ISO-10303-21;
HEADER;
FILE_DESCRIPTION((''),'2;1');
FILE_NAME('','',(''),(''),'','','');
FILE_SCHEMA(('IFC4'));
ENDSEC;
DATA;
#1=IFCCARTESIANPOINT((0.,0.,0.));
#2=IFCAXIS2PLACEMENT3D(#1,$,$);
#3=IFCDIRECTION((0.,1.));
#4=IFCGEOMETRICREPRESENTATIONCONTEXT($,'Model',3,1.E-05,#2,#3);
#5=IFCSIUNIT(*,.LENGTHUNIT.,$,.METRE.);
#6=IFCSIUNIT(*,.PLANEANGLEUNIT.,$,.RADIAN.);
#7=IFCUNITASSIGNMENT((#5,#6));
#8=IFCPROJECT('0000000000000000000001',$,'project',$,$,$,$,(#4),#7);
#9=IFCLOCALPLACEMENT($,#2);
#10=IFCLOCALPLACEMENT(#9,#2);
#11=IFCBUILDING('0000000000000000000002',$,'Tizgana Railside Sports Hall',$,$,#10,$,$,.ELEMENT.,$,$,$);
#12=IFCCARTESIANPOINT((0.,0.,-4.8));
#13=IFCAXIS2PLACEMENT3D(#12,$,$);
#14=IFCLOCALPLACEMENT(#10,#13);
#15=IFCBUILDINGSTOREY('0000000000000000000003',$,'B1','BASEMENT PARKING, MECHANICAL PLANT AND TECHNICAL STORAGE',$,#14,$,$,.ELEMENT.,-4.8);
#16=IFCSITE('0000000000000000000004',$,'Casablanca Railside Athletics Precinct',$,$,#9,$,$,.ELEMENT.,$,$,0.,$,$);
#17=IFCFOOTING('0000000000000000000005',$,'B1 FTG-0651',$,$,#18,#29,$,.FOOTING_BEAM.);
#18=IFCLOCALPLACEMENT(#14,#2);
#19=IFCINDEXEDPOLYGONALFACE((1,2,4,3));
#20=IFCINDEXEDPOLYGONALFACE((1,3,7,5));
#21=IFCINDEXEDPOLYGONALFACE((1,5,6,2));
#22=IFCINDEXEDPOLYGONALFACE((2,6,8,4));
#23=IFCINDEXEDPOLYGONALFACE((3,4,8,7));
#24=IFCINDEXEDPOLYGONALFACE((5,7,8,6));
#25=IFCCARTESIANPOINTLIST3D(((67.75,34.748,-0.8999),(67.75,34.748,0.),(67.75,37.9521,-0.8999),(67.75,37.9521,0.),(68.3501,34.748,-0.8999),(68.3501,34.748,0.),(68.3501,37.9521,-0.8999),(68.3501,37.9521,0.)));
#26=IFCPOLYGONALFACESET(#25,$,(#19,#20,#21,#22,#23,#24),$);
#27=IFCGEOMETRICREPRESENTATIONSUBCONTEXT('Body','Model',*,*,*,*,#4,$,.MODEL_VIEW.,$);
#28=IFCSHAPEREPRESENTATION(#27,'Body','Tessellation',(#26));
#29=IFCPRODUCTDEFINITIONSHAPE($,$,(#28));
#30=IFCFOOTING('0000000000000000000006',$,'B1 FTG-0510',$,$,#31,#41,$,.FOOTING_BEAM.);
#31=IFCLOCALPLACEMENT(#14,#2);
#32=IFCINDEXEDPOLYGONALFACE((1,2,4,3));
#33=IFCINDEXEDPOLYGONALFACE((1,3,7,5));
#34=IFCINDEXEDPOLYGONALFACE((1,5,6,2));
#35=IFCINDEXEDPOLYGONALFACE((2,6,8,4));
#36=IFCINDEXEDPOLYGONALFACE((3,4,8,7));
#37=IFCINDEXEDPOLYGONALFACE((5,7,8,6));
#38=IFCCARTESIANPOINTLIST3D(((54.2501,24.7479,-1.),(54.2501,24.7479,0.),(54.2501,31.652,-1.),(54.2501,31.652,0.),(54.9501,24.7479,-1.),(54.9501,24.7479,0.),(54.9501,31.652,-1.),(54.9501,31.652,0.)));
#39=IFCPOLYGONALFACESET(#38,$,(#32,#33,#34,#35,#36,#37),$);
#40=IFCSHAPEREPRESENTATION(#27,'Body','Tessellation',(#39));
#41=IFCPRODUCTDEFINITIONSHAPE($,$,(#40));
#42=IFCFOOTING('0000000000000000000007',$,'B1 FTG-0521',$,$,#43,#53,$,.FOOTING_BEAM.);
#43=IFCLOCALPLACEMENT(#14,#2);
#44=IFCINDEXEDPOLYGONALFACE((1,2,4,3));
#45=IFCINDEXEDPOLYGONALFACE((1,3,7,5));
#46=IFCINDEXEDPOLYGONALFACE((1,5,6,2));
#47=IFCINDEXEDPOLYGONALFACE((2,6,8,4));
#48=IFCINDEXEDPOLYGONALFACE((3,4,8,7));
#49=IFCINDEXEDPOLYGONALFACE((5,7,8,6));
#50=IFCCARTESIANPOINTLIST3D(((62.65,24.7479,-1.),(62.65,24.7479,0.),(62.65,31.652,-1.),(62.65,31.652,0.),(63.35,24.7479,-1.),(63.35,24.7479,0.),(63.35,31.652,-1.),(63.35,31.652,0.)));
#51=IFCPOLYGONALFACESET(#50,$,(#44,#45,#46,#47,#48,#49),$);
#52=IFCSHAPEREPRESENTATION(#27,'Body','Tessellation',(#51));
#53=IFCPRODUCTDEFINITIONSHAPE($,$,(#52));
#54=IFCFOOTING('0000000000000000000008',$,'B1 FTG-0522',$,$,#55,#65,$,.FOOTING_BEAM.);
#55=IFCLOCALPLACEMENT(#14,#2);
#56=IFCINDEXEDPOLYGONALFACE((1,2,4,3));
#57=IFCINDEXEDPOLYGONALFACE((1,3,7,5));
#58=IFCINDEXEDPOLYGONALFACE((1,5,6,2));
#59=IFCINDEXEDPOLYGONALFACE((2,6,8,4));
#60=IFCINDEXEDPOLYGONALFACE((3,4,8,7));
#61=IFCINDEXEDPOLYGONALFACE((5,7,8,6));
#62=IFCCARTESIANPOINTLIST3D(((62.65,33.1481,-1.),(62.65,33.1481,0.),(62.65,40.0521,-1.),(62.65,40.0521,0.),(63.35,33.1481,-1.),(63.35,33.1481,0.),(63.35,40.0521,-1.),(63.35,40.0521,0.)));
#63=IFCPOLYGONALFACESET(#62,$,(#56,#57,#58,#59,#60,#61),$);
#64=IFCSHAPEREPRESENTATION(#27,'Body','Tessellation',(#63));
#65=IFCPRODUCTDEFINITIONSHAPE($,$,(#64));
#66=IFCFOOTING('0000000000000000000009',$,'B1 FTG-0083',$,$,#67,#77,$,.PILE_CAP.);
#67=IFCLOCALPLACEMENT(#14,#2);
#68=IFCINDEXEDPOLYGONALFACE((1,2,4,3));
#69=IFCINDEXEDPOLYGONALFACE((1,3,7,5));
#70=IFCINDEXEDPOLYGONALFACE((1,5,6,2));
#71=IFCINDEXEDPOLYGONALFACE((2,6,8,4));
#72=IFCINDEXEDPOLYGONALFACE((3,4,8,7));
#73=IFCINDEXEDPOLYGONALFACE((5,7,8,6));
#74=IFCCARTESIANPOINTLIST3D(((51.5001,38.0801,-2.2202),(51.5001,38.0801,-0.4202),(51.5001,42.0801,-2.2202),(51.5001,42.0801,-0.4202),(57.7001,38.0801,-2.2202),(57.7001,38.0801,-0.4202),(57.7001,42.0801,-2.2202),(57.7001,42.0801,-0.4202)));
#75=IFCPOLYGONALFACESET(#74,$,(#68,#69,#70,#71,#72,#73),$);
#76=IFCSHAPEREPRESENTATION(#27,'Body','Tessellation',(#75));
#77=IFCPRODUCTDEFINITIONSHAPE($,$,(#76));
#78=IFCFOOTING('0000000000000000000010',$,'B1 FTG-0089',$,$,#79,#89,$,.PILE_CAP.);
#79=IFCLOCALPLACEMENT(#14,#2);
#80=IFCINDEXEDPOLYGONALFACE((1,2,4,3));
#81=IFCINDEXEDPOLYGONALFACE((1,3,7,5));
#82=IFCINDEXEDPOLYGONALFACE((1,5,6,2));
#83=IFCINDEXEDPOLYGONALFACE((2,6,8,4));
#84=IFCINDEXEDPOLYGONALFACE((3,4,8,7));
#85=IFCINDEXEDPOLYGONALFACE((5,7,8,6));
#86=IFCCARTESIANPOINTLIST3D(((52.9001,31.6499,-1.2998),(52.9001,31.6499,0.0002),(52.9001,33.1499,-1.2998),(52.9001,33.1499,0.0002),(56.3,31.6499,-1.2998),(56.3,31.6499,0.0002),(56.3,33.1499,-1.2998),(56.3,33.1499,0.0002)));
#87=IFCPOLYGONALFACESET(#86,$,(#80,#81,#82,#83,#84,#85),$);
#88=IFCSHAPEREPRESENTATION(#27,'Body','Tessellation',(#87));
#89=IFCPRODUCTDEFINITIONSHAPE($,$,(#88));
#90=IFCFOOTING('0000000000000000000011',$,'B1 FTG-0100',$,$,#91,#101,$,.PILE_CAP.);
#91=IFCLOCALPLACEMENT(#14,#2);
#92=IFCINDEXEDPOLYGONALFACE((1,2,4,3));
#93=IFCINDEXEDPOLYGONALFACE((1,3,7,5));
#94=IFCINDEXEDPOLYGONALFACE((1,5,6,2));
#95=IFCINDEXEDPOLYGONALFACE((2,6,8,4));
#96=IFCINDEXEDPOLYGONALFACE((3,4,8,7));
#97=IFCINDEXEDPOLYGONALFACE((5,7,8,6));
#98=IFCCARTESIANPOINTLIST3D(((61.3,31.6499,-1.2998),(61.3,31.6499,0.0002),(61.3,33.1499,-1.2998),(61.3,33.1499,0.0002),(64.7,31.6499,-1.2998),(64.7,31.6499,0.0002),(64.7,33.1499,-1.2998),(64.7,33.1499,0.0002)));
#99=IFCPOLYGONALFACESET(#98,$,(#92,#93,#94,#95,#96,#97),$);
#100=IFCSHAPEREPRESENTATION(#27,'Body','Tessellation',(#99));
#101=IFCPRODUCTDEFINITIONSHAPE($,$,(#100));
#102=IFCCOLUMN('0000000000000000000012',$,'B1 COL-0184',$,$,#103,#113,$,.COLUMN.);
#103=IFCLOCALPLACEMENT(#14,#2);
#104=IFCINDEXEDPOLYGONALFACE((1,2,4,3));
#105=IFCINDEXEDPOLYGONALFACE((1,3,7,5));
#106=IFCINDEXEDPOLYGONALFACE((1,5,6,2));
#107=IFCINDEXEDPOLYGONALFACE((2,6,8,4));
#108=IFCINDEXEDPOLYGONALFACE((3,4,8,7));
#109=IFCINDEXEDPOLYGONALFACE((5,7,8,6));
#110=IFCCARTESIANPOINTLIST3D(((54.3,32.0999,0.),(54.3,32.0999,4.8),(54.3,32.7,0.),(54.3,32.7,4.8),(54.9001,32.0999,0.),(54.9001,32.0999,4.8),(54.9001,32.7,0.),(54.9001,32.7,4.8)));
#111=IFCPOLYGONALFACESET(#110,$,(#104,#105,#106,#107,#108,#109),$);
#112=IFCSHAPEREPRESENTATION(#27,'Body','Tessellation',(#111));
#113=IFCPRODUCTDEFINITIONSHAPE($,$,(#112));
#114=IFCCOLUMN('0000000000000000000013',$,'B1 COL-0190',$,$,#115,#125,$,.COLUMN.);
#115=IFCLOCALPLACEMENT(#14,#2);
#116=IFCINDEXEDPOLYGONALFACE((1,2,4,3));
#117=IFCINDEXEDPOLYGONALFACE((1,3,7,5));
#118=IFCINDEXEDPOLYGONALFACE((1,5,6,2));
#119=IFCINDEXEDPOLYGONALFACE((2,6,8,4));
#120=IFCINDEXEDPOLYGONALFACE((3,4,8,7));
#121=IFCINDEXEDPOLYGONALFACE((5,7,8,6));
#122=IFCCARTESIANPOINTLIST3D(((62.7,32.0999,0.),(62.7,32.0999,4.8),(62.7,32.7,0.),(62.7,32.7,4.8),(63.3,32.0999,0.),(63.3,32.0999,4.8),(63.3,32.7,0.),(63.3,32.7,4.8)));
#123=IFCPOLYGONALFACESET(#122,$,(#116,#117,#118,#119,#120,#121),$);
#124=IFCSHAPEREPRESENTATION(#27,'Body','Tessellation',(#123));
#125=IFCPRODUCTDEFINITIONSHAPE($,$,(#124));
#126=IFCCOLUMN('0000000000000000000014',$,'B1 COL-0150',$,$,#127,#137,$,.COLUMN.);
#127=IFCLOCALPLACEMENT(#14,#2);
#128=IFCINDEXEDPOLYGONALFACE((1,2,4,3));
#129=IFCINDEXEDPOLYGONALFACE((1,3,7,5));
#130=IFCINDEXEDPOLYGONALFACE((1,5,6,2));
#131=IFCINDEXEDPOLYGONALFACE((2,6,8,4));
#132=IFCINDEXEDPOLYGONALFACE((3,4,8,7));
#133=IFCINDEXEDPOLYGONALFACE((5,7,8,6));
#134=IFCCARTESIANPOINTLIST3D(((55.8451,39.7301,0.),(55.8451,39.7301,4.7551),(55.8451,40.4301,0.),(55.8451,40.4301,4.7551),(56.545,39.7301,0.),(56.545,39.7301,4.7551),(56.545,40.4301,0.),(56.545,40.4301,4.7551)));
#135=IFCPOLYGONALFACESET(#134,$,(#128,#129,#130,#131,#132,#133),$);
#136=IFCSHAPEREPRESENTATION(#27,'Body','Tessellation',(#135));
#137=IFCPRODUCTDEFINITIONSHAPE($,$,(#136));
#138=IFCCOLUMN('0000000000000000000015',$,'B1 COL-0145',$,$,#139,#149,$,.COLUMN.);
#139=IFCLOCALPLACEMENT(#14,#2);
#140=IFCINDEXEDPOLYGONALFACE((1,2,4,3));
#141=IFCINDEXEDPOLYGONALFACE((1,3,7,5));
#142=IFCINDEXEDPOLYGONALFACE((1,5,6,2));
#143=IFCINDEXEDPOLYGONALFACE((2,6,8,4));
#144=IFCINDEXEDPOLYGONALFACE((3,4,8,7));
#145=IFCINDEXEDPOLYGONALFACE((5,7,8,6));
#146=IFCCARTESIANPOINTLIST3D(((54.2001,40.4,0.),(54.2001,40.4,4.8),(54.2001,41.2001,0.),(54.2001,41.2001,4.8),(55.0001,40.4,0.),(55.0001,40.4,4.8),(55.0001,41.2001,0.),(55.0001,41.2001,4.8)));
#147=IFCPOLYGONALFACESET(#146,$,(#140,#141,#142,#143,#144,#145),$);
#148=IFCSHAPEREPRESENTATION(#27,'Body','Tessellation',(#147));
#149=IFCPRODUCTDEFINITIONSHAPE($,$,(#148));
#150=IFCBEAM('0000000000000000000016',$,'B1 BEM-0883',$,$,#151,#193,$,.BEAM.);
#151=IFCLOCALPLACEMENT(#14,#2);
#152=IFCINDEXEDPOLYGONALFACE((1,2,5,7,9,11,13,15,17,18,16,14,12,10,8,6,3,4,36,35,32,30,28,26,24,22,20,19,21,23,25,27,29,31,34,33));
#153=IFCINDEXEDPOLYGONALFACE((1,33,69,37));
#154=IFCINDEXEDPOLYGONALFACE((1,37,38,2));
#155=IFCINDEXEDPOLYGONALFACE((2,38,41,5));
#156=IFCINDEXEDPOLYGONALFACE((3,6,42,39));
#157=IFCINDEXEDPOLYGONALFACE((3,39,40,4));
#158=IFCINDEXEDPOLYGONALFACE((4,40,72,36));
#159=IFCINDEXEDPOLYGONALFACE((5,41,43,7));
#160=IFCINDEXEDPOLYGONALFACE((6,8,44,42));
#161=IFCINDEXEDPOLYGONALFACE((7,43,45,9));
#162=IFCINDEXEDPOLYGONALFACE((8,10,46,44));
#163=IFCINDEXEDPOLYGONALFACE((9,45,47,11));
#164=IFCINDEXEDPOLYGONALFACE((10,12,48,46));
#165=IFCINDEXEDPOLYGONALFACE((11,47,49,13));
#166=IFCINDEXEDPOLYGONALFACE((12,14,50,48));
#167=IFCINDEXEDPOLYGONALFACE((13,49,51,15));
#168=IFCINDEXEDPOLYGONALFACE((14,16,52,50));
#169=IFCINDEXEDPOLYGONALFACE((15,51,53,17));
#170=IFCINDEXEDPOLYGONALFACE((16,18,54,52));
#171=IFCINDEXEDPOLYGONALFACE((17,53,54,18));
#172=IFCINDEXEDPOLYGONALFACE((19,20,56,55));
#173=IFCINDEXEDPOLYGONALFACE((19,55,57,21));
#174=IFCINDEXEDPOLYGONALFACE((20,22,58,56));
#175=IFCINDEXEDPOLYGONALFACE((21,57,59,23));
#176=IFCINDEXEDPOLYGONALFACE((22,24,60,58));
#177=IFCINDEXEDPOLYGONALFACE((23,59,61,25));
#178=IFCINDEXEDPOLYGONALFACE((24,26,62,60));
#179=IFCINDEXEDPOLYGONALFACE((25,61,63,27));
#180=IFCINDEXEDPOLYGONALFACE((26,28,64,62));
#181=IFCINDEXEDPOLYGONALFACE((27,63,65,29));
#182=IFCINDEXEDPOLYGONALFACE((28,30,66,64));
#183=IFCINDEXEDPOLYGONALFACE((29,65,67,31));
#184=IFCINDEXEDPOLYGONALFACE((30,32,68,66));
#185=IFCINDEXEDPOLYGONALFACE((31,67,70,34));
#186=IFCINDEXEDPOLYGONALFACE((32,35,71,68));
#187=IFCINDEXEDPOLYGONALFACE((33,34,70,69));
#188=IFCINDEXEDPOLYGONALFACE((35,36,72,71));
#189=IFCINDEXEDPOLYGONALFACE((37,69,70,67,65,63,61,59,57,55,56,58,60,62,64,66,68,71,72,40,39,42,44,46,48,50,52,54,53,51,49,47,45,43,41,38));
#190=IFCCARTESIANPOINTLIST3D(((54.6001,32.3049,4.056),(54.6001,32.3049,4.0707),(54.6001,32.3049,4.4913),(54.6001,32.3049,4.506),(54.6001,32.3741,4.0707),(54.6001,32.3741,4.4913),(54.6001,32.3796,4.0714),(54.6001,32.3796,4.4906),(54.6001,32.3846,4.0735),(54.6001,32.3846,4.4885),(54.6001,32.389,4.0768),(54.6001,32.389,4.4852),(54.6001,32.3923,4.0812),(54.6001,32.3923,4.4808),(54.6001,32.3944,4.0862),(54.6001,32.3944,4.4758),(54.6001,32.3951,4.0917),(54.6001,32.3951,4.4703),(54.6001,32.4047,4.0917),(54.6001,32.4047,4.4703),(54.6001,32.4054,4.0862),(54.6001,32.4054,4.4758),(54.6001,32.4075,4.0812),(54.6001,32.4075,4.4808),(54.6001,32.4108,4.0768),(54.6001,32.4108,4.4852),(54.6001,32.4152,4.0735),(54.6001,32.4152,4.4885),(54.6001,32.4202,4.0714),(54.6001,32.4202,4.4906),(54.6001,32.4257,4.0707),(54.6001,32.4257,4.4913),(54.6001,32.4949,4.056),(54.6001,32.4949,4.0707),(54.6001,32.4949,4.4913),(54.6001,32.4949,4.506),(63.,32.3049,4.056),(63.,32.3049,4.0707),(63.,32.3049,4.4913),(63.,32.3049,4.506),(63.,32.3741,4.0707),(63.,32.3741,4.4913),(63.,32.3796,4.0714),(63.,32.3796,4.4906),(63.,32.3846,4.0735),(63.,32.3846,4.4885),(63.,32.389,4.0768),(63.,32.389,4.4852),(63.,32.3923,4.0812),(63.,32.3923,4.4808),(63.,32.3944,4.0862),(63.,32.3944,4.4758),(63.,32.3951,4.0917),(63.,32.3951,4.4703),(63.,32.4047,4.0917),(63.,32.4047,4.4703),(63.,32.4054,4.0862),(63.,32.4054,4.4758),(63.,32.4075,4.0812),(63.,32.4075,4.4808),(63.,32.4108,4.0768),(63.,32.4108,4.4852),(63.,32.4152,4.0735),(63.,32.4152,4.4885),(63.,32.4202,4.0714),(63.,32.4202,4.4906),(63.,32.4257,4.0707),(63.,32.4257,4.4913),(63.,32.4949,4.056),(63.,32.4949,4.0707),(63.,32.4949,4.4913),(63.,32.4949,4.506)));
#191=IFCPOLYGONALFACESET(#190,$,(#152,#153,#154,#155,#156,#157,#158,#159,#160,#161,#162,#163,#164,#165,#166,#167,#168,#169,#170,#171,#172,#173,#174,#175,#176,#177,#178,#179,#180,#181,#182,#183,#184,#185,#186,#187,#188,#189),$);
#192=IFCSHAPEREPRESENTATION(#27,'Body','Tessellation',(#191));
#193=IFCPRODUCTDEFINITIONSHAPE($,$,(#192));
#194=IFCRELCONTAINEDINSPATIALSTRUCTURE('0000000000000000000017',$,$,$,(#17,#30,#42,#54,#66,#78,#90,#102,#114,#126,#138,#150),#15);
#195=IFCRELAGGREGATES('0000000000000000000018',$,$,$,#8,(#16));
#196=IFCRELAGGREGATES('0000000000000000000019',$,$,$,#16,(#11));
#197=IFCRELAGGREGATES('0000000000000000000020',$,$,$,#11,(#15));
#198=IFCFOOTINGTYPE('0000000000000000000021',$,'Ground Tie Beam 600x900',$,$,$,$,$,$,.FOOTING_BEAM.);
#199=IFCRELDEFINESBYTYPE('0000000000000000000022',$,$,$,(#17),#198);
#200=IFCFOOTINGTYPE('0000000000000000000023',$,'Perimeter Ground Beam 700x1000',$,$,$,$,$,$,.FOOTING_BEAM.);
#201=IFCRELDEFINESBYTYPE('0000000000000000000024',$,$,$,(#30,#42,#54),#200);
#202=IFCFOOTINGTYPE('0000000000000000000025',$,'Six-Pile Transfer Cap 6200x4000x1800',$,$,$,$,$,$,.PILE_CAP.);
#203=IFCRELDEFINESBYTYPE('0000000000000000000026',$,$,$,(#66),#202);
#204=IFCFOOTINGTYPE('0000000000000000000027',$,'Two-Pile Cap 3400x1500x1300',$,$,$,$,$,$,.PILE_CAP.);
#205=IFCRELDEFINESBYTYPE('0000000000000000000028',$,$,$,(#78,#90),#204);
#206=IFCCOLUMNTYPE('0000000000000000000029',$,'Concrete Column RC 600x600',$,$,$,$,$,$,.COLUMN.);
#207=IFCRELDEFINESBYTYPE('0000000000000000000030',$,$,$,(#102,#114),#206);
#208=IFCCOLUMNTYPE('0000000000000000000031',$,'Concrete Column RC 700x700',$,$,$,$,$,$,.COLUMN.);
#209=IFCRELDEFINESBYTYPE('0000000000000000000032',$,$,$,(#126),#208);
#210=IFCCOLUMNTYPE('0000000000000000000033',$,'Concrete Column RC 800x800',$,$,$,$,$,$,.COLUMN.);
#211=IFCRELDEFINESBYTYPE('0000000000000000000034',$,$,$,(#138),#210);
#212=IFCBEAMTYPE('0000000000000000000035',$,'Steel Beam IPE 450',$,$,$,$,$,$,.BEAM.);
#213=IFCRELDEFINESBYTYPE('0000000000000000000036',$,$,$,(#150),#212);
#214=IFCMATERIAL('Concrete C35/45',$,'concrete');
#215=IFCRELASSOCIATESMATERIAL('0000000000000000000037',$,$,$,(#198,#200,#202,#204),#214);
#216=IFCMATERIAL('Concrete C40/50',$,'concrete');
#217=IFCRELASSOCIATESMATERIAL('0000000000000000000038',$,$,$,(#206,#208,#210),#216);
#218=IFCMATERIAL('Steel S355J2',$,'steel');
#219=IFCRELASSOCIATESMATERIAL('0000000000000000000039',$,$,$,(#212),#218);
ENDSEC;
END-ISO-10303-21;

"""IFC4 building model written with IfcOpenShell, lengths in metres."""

from ifc_helpers import new_model, si_unit, direction, frame, origin, origin_2d, place, context, subcontext, project, spatial, rectangle, i_section, extrude, material, material_profile, profile_set, type_object, element, save


model = new_model("IFC4")

# Units and contexts
model_context = context("Model", 3, precision=1e-05, world=origin(), true_north=direction((0.0, 1.0)))
body_context = subcontext(model_context, "Body", "Model", "MODEL_VIEW")
ifc_project = project(units=[si_unit("LENGTHUNIT", "METRE"), si_unit("PLANEANGLEUNIT", "RADIAN")], contexts=[model_context])

# Site, building, storey
site_placement = place(None, origin())
site = spatial("IfcSite", under=ifc_project, at=site_placement, Name="Casablanca Railside Athletics Precinct", CompositionType="ELEMENT", RefElevation=0.0)
building_placement = place(site_placement, origin())
building = spatial("IfcBuilding", under=site, at=building_placement, Name="Tizgana Railside Sports Hall", CompositionType="ELEMENT")
storey_placement = place(building_placement, frame((0.0, 0.0, -4.8)))
storey = spatial("IfcBuildingStorey", under=building, at=storey_placement, Name="B1", Description="BASEMENT PARKING, MECHANICAL PLANT AND TECHNICAL STORAGE", CompositionType="ELEMENT", Elevation=-4.8)

# Shared definitions
ifc_material_1 = material(Name="Concrete C35/45", Category="concrete")

# Footings
footing_type_1 = type_object("IfcFootingType", Name="Ground Tie Beam 600x900", PredefinedType="FOOTING_BEAM", material=ifc_material_1)
footing_1_placement = place(storey_placement, frame((68.05, 36.3501, -0.8999), z_axis=(0.0, 0.0, 1.0), x_axis=(0.0, 1.0, 0.0)))
element("IfcFooting", 1, at=footing_1_placement, inside=storey, type_object=footing_type_1, Name="B1 FTG-0651", PredefinedType="FOOTING_BEAM", context=body_context, shape_type="SweptSolid", body=[
    extrude(rectangle(XDim=3.2041, YDim=0.6001, at=origin_2d()), origin(), (0.0, 0.0, 1.0), 0.8999),
])
footing_type_2 = type_object("IfcFootingType", Name="Perimeter Ground Beam 700x1000", PredefinedType="FOOTING_BEAM", material=ifc_material_1)
for number, where, z_axis, x_axis, name in (
    (2, (54.6001, 28.2, -1.0), (0.0, 0.0, 1.0), (0.0, 1.0, 0.0), "B1 FTG-0510"),
    (3, (63.0, 28.2, -1.0), (0.0, 0.0, 1.0), (0.0, 1.0, 0.0), "B1 FTG-0521"),
    (4, (63.0, 36.6001, -1.0), (0.0, 0.0, 1.0), (0.0, 1.0, 0.0), "B1 FTG-0522"),
):
    element("IfcFooting", number, at=place(storey_placement, frame(where, z_axis=z_axis, x_axis=x_axis)), inside=storey, type_object=footing_type_2, Name=name, PredefinedType="FOOTING_BEAM", context=body_context, shape_type="SweptSolid", body=[
        extrude(rectangle(XDim=6.9041, YDim=0.7, at=origin_2d()), origin(), (0.0, 0.0, 1.0), 1.0),
    ])
footing_type_3 = type_object("IfcFootingType", Name="Six-Pile Transfer Cap 6200x4000x1800", PredefinedType="PILE_CAP", material=ifc_material_1)
footing_2_placement = place(storey_placement, frame((54.6001, 40.0801, -2.2202), z_axis=(0.0, 0.0, 1.0), x_axis=(1.0, 0.0, 0.0)))
element("IfcFooting", 5, at=footing_2_placement, inside=storey, type_object=footing_type_3, Name="B1 FTG-0083", PredefinedType="PILE_CAP", context=body_context, shape_type="SweptSolid", body=[
    extrude(rectangle(XDim=6.2, YDim=4.0, at=origin_2d()), origin(), (0.0, 0.0, 1.0), 1.8),
])
footing_type_4 = type_object("IfcFootingType", Name="Two-Pile Cap 3400x1500x1300", PredefinedType="PILE_CAP", material=ifc_material_1)
for number, where, z_axis, x_axis, name in (
    (6, (54.6001, 32.3999, -1.2998), (0.0, 0.0, 1.0), (1.0, 0.0, 0.0), "B1 FTG-0089"),
    (7, (63.0, 32.3999, -1.2998), (0.0, 0.0, 1.0), (1.0, 0.0, 0.0), "B1 FTG-0100"),
):
    element("IfcFooting", number, at=place(storey_placement, frame(where, z_axis=z_axis, x_axis=x_axis)), inside=storey, type_object=footing_type_4, Name=name, PredefinedType="PILE_CAP", context=body_context, shape_type="SweptSolid", body=[
        extrude(rectangle(XDim=3.3999, YDim=1.5, at=origin_2d()), origin(), (0.0, 0.0, 1.0), 1.3),
    ])

# Columns
ifc_material_2 = material(Name="Concrete C40/50", Category="concrete")
ifc_material_profile_1 = material_profile(ifc_material_2, rectangle(XDim=0.6001, YDim=0.6001, at=origin_2d()), Name="RC 600x600")
ifc_profile_set_1 = profile_set([ifc_material_profile_1], Name="Concrete C40/50")
column_type_1 = type_object("IfcColumnType", Name="Concrete Column RC 600x600", PredefinedType="COLUMN", material=ifc_profile_set_1)
for number, where, z_axis, x_axis, name in (
    (8, (54.6001, 32.3999, 0.0), (0.0, 0.0, 1.0), (1.0, 0.0, 0.0), "B1 COL-0184"),
    (9, (63.0, 32.3999, 0.0), (0.0, 0.0, 1.0), (1.0, 0.0, 0.0), "B1 COL-0190"),
):
    element("IfcColumn", number, at=place(storey_placement, frame(where, z_axis=z_axis, x_axis=x_axis)), inside=storey, type_object=column_type_1, Name=name, PredefinedType="COLUMN", context=body_context, shape_type="SweptSolid", body=[
        extrude(rectangle(XDim=0.6001, YDim=0.6001, at=origin_2d()), origin(), (0.0, 0.0, 1.0), 4.8),
    ])
ifc_material_profile_2 = material_profile(ifc_material_2, rectangle(XDim=0.7, YDim=0.7, at=origin_2d()), Name="RC 700x700")
ifc_profile_set_2 = profile_set([ifc_material_profile_2], Name="Concrete C40/50")
column_type_2 = type_object("IfcColumnType", Name="Concrete Column RC 700x700", PredefinedType="COLUMN", material=ifc_profile_set_2)
column_1_placement = place(storey_placement, frame((56.1951, 40.0801, 0.0), z_axis=(0.0, 0.0, 1.0), x_axis=(1.0, 0.0, 0.0)))
element("IfcColumn", 10, at=column_1_placement, inside=storey, type_object=column_type_2, Name="B1 COL-0150", PredefinedType="COLUMN", context=body_context, shape_type="SweptSolid", body=[
    extrude(rectangle(XDim=0.7, YDim=0.7, at=origin_2d()), origin(), (0.0, 0.0, 1.0), 4.7551),
])
ifc_material_profile_3 = material_profile(ifc_material_2, rectangle(XDim=0.8, YDim=0.8, at=origin_2d()), Name="RC 800x800")
ifc_profile_set_3 = profile_set([ifc_material_profile_3], Name="Concrete C40/50")
column_type_3 = type_object("IfcColumnType", Name="Concrete Column RC 800x800", PredefinedType="COLUMN", material=ifc_profile_set_3)
column_2_placement = place(storey_placement, frame((54.6001, 40.8, 0.0), z_axis=(0.0, 0.0, 1.0), x_axis=(1.0, 0.0, 0.0)))
element("IfcColumn", 11, at=column_2_placement, inside=storey, type_object=column_type_3, Name="B1 COL-0145", PredefinedType="COLUMN", context=body_context, shape_type="SweptSolid", body=[
    extrude(rectangle(XDim=0.8, YDim=0.8, at=origin_2d()), origin(), (0.0, 0.0, 1.0), 4.8),
])

# Beam
ifc_material_3 = material(Name="Steel S355J2", Category="steel")
ifc_material_profile_4 = material_profile(ifc_material_3, i_section(OverallWidth=0.1899, OverallDepth=0.45, WebThickness=0.0095, FlangeThickness=0.0146, FilletRadius=0.021, at=origin_2d()), Name="IPE 450")
ifc_profile_set_4 = profile_set([ifc_material_profile_4], Name="Steel S355J2")
beam_type_1 = type_object("IfcBeamType", Name="Steel Beam IPE 450", PredefinedType="BEAM", material=ifc_profile_set_4)
for number, where, z_axis, x_axis, name in (
    (12, (54.6001, 32.3999, 4.281), (1.0, 0.0, 0.0), (0.0, 1.0, 0.0), "B1 BEM-0883"),
):
    element("IfcBeam", number, at=place(storey_placement, frame(where, z_axis=z_axis, x_axis=x_axis)), inside=storey, type_object=beam_type_1, Name=name, PredefinedType="BEAM", context=body_context, shape_type="SweptSolid", body=[
        extrude(i_section(OverallWidth=0.1899, OverallDepth=0.45, WebThickness=0.0095, FlangeThickness=0.0146, FilletRadius=0.021, at=origin_2d()), origin(), (0.0, 0.0, 1.0), 8.3999),
    ])

save(model, "model.ifc")
